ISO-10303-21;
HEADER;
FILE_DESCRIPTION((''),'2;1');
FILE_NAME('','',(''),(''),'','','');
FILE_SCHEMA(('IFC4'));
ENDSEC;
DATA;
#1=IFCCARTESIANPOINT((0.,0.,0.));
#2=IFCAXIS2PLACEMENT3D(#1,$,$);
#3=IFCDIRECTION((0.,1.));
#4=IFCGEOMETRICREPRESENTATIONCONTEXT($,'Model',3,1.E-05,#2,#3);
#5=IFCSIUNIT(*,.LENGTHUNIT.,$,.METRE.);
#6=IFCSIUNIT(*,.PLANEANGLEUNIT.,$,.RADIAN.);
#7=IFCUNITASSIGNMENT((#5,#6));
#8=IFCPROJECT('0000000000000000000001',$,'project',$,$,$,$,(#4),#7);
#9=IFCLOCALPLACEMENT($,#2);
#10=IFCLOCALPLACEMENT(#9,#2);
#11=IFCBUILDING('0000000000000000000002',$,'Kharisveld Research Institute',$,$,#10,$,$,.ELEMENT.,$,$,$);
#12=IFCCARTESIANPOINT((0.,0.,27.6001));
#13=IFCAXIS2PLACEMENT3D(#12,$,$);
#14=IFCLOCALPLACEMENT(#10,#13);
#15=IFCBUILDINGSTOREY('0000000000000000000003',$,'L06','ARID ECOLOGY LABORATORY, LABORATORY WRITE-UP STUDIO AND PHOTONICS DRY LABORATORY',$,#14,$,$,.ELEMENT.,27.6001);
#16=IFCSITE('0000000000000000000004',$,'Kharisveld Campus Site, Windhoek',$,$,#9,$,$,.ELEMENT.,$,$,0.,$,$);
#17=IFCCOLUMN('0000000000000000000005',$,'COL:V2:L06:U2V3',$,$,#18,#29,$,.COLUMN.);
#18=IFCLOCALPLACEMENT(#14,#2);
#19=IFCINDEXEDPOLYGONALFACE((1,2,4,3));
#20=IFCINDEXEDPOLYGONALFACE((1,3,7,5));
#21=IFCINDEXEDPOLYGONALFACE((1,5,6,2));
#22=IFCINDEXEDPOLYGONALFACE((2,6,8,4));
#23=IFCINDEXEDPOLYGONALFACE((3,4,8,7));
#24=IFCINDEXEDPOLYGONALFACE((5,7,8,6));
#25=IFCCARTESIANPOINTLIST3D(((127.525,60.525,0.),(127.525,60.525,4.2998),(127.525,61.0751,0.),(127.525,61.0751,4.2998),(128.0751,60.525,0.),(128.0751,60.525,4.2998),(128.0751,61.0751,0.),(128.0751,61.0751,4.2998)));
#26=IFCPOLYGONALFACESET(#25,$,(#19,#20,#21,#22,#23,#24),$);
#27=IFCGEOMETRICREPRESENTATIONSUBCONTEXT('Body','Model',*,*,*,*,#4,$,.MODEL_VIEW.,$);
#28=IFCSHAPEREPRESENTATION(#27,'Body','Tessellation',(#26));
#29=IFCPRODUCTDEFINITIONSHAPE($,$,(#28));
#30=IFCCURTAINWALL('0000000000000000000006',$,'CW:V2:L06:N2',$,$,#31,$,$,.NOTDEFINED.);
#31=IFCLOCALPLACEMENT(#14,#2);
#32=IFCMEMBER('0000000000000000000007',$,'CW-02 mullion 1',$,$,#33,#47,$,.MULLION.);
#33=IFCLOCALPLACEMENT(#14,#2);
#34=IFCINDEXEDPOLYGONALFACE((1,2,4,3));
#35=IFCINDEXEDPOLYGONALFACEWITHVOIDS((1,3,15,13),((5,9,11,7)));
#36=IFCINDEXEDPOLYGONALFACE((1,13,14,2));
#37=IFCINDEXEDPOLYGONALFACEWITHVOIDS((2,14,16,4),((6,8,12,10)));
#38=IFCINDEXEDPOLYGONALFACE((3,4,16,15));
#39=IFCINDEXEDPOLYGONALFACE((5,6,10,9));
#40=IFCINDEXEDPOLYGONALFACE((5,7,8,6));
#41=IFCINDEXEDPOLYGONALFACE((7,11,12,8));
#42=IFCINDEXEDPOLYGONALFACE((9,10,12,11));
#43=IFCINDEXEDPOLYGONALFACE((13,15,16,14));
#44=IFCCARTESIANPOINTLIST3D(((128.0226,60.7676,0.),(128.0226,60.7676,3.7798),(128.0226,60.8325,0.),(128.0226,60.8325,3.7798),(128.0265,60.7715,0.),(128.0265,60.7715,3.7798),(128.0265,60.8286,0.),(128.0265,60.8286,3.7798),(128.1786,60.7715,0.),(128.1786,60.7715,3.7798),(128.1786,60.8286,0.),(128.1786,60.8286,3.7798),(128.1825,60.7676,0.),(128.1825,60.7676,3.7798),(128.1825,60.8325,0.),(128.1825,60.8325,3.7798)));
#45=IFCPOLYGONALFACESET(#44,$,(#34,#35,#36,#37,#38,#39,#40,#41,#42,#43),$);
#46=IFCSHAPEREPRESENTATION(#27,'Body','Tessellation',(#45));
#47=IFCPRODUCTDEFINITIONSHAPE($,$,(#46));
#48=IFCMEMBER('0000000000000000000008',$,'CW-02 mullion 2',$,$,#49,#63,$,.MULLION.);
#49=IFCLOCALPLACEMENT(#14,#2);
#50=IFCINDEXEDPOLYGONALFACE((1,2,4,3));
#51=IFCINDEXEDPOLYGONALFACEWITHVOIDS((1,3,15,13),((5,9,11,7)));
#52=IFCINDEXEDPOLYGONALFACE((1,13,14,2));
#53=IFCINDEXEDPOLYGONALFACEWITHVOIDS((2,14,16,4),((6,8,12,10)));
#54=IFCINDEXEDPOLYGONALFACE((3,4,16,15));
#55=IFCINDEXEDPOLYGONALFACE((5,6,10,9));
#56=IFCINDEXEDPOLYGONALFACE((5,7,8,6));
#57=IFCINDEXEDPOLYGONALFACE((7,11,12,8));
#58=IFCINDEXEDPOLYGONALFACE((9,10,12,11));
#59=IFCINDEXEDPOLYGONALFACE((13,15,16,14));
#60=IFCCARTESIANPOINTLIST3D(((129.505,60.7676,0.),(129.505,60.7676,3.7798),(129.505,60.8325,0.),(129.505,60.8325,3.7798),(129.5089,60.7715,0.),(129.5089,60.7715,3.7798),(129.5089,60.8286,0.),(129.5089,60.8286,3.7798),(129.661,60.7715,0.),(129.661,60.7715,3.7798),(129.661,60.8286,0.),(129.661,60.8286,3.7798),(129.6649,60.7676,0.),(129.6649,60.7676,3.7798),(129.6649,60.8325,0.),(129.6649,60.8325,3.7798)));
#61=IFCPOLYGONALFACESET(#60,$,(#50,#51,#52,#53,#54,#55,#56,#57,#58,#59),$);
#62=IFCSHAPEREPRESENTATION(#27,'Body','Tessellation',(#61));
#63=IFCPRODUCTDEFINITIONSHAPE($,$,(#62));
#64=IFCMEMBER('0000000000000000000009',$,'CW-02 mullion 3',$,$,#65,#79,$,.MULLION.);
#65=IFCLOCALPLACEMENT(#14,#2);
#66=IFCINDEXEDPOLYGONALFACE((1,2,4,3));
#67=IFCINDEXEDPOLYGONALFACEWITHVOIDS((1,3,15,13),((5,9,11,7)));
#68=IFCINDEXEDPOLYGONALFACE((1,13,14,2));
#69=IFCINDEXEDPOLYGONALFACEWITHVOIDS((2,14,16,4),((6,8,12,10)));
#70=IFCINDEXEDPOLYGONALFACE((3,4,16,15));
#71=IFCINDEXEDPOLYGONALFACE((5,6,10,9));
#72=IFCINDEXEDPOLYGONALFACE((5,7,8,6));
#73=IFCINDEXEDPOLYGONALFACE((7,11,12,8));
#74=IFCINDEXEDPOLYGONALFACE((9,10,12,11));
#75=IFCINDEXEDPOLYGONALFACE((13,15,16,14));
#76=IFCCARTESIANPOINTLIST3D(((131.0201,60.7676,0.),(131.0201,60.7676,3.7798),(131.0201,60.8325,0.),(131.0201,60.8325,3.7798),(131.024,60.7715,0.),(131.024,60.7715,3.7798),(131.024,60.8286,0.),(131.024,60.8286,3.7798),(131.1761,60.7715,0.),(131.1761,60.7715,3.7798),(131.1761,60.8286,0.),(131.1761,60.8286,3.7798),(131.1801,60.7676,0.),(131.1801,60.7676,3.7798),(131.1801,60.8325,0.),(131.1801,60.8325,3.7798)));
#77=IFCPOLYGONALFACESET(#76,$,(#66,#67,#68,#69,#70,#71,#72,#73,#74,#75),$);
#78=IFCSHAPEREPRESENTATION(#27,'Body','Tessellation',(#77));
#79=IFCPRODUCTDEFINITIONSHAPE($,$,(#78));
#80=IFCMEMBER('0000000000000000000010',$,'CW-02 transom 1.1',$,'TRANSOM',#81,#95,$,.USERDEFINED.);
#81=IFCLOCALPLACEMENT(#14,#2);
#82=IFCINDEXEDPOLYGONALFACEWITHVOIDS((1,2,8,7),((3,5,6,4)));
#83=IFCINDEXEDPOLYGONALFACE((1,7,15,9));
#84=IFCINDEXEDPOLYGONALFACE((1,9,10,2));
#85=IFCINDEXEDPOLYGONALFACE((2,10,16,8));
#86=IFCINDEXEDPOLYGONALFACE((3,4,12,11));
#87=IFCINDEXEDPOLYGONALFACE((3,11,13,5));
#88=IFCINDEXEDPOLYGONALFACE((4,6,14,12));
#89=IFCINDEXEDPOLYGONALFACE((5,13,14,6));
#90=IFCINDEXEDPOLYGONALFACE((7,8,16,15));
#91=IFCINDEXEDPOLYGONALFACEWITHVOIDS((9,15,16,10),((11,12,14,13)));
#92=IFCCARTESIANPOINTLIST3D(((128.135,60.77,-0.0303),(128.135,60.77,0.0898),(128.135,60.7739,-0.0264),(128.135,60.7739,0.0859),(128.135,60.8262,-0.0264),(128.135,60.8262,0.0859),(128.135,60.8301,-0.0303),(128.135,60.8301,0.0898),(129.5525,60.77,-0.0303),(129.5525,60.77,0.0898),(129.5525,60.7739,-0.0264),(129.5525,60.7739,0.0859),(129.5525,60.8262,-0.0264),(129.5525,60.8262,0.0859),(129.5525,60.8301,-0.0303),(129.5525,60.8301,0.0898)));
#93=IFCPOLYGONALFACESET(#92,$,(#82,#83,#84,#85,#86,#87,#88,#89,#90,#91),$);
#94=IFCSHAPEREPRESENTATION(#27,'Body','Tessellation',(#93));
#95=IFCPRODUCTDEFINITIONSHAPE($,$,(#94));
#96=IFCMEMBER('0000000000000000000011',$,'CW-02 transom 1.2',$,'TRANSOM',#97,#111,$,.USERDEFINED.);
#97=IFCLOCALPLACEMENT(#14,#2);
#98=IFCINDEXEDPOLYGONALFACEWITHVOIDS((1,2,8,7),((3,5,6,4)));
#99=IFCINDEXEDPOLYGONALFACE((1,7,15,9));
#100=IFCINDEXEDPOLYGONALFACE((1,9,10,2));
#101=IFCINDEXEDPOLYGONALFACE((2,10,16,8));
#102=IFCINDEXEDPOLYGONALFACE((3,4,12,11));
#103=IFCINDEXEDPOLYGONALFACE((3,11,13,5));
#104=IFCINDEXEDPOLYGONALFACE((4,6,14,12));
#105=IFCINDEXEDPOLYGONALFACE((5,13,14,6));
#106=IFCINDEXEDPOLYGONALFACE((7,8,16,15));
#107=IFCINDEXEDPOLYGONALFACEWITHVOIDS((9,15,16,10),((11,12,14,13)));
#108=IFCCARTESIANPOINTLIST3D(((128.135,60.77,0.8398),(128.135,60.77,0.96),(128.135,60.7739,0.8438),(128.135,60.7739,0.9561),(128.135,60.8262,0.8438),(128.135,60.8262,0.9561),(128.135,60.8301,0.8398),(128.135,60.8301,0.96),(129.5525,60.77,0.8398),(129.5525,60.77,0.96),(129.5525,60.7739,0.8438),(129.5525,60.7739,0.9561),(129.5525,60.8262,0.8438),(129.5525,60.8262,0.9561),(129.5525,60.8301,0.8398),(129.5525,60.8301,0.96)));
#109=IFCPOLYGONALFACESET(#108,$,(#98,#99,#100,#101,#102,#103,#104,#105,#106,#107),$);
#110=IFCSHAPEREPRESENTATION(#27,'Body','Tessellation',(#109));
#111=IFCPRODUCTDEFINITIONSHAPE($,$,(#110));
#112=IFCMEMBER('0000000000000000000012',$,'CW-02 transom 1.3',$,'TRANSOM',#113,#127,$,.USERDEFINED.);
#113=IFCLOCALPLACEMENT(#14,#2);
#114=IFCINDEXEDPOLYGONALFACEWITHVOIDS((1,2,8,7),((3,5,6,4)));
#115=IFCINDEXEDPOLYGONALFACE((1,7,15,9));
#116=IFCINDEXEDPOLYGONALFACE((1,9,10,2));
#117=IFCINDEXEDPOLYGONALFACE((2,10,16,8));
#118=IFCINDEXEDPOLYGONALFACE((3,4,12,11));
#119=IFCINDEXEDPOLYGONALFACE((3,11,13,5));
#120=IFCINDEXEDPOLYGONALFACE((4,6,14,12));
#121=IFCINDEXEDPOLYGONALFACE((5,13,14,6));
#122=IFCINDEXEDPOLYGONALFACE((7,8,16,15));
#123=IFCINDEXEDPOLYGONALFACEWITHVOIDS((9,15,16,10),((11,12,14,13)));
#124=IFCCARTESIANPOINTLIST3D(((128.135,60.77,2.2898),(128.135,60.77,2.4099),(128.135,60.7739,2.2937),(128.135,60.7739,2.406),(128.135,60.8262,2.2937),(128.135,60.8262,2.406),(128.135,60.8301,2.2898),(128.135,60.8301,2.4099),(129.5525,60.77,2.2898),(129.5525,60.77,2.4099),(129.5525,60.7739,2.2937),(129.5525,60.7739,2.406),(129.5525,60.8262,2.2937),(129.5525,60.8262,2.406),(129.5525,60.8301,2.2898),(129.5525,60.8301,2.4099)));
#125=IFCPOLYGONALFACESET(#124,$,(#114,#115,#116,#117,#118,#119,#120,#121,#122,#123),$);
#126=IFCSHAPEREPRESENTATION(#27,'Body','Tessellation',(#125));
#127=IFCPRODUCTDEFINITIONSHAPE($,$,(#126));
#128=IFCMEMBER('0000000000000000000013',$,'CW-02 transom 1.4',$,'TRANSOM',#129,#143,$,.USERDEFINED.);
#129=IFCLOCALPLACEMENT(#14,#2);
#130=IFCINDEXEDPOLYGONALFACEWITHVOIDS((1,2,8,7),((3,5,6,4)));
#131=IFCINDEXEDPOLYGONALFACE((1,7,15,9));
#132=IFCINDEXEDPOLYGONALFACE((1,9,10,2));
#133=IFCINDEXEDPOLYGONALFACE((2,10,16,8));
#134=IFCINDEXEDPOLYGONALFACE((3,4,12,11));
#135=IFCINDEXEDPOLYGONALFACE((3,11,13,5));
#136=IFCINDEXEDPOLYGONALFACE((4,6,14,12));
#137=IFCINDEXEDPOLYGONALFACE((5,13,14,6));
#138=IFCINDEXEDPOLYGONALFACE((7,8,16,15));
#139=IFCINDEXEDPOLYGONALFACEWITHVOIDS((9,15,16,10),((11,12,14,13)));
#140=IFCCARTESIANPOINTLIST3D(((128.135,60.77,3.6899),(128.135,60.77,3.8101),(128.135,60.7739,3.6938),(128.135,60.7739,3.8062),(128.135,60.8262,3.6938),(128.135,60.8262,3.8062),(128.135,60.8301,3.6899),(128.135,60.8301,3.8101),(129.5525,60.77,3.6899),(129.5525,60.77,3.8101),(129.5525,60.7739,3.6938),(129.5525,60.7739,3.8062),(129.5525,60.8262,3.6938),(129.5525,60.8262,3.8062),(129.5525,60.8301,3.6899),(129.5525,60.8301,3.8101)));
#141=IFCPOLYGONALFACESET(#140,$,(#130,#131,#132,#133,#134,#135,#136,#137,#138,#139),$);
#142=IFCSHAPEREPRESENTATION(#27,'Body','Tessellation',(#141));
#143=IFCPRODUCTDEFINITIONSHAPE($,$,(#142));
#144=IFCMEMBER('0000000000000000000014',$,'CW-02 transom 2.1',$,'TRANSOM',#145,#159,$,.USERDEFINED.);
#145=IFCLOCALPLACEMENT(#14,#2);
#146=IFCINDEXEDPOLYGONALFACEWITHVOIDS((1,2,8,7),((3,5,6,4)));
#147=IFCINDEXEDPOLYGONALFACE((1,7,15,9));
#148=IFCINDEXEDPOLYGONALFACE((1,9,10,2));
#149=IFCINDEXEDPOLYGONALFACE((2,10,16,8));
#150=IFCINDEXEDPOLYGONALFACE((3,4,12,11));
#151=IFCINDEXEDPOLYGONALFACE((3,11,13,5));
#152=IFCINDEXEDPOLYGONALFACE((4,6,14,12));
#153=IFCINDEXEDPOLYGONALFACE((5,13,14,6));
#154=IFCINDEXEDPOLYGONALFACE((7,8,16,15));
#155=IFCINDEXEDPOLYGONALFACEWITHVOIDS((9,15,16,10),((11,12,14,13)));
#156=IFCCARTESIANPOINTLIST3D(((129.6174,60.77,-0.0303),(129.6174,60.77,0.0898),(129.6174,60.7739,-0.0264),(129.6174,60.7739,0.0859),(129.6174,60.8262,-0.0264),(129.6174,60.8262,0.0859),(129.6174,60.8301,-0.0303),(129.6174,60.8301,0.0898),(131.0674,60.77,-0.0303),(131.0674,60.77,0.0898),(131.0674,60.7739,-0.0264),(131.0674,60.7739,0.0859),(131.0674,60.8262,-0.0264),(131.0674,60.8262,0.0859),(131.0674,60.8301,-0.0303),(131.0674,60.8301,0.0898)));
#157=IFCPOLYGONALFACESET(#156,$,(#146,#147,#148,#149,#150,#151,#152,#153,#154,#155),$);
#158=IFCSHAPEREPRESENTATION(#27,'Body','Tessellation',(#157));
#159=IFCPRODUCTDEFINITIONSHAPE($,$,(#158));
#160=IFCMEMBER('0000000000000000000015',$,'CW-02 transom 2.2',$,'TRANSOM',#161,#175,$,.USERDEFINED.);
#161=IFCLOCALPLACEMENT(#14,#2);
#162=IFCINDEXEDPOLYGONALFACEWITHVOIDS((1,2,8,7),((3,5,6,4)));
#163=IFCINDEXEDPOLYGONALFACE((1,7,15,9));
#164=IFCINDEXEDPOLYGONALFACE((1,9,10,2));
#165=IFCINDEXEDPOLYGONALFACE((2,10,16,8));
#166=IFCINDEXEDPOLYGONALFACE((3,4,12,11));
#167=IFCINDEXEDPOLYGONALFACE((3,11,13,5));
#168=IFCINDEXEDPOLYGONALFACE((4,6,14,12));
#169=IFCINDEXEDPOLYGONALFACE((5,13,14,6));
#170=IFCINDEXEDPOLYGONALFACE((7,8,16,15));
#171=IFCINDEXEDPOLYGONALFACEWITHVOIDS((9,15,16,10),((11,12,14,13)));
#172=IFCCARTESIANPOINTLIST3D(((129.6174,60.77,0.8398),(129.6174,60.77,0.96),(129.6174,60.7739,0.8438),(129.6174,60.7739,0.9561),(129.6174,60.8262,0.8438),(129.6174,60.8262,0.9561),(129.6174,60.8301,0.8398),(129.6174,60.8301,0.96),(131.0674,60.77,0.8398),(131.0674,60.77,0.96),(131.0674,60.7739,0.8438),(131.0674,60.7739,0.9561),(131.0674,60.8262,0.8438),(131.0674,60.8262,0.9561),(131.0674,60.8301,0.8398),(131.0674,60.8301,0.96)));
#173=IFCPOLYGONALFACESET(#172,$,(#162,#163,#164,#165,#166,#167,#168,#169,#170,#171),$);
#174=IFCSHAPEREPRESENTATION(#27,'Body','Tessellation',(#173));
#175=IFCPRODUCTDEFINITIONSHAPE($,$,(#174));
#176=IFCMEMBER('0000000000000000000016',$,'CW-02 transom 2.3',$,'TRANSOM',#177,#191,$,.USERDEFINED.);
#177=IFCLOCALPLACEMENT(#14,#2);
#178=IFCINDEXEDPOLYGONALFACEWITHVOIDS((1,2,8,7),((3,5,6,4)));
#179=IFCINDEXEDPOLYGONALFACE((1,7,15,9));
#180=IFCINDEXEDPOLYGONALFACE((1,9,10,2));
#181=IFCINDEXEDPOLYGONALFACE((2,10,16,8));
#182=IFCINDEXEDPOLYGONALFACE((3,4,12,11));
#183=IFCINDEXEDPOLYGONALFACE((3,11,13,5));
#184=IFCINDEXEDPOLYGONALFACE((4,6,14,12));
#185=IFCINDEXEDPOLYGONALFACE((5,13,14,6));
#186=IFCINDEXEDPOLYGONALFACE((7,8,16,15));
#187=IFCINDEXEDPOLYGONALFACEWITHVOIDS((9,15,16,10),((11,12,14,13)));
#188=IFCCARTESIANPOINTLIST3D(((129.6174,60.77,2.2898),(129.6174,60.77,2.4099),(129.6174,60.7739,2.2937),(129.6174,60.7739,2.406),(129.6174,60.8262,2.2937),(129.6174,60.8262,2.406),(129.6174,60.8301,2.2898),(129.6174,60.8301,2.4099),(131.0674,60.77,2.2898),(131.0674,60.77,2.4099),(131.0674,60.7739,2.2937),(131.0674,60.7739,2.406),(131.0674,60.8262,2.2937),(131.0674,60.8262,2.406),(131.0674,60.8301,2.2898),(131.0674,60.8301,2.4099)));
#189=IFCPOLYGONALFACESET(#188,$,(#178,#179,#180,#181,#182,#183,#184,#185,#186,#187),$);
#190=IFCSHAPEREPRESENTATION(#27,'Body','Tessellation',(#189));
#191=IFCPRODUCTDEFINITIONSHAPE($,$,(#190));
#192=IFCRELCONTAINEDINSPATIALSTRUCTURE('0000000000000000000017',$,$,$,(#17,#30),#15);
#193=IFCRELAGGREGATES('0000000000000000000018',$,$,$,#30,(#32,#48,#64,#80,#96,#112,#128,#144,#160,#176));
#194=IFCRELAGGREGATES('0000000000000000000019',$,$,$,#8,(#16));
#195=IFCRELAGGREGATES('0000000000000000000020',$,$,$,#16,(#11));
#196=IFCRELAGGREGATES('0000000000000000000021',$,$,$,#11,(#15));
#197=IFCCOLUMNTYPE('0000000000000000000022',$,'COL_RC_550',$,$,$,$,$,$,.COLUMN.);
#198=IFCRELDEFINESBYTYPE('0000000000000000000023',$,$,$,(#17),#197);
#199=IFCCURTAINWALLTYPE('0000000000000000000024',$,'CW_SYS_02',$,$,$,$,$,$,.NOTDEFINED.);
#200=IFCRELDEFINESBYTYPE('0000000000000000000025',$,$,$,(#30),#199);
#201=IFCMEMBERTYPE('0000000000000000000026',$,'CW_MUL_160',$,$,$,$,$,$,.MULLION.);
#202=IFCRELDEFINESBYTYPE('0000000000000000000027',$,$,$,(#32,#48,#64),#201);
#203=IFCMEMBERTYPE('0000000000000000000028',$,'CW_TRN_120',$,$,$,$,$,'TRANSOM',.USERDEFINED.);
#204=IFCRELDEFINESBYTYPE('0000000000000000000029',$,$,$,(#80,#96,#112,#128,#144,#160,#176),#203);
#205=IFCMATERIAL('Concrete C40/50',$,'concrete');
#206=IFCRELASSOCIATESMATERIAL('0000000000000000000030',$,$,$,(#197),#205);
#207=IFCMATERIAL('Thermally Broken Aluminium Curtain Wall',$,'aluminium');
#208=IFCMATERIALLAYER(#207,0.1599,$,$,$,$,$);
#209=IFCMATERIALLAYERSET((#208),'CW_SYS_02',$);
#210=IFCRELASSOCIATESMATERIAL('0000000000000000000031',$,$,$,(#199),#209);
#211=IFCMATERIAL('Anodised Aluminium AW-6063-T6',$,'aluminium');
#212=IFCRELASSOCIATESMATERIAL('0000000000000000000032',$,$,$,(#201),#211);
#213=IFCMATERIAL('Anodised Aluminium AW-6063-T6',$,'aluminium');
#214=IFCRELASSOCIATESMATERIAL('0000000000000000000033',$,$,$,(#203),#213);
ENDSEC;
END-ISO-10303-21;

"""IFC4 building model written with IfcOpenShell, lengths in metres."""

from ifc_helpers import new_model, si_unit, direction, frame, origin, origin_2d, place, context, subcontext, project, spatial, rectangle, hollow_rectangle, extrude, material, layer, layer_set, material_profile, profile_set, type_object, element, aggregate, save


model = new_model("IFC4")

# Units and contexts
model_context = context("Model", 3, precision=1e-05, world=origin(), true_north=direction((0.0, 1.0)))
body_context = subcontext(model_context, "Body", "Model", "MODEL_VIEW")
ifc_project = project(units=[si_unit("LENGTHUNIT", "METRE"), si_unit("PLANEANGLEUNIT", "RADIAN")], contexts=[model_context])

# Site, building, storey
site_placement = place(None, origin())
site = spatial("IfcSite", under=ifc_project, at=site_placement, Name="Kharisveld Campus Site, Windhoek", CompositionType="ELEMENT", RefElevation=0.0)
building_placement = place(site_placement, origin())
building = spatial("IfcBuilding", under=site, at=building_placement, Name="Kharisveld Research Institute", CompositionType="ELEMENT")
storey_placement = place(building_placement, frame((0.0, 0.0, 27.6001)))
storey = spatial("IfcBuildingStorey", under=building, at=storey_placement, Name="L06", Description="ARID ECOLOGY LABORATORY, LABORATORY WRITE-UP STUDIO AND PHOTONICS DRY LABORATORY", CompositionType="ELEMENT", Elevation=27.6001)

# Column
ifc_material_1 = material(Name="Concrete C40/50", Category="concrete")
ifc_material_profile_1 = material_profile(ifc_material_1, rectangle(XDim=0.55, YDim=0.55, at=origin_2d()))
ifc_profile_set_1 = profile_set([ifc_material_profile_1], Name="Concrete C40/50")
column_type = type_object("IfcColumnType", Name="COL_RC_550", PredefinedType="COLUMN", material=ifc_profile_set_1)
column_placement = place(storey_placement, frame((127.8, 60.8, 0.0), z_axis=(0.0, 0.0, 1.0), x_axis=(1.0, 0.0, 0.0)))
element("IfcColumn", 1, at=column_placement, inside=storey, type_object=column_type, Name="COL:V2:L06:U2V3", PredefinedType="COLUMN", context=body_context, shape_type="SweptSolid", body=[
    extrude(rectangle(XDim=0.55, YDim=0.55, at=origin_2d()), origin(), (0.0, 0.0, 1.0), 4.2998),
])

# Curtain wall, members
ifc_material_2 = material(Name="Thermally Broken Aluminium Curtain Wall", Category="aluminium")
ifc_layer_1 = layer(ifc_material_2, 0.1599)
ifc_layer_set_1 = layer_set([ifc_layer_1], Name="CW_SYS_02")
curtain_wall_type = type_object("IfcCurtainWallType", Name="CW_SYS_02", PredefinedType="NOTDEFINED", material=ifc_layer_set_1)
curtain_wall_placement = place(storey_placement, origin())
curtain_wall = element("IfcCurtainWall", 2, at=curtain_wall_placement, inside=storey, type_object=curtain_wall_type, Name="CW:V2:L06:N2", PredefinedType="NOTDEFINED")
ifc_material_3 = material(Name="Anodised Aluminium AW-6063-T6", Category="aluminium")
ifc_material_profile_2 = material_profile(ifc_material_3, hollow_rectangle(XDim=0.0649, YDim=0.1599, WallThickness=0.0039, at=origin_2d()))
ifc_profile_set_2 = profile_set([ifc_material_profile_2], Name="Anodised Aluminium AW-6063-T6")
member_type_1 = type_object("IfcMemberType", Name="CW_MUL_160", PredefinedType="MULLION", material=ifc_profile_set_2)
member_1_placement = place(storey_placement, frame((128.1025, 60.8, 0.0), z_axis=(0.0, 0.0, 1.0), x_axis=(0.0, 1.0, 0.0)))
member_1 = element("IfcMember", 3, at=member_1_placement, type_object=member_type_1, Name="CW-02 mullion 1", PredefinedType="MULLION", context=body_context, shape_type="SweptSolid", body=[
    extrude(hollow_rectangle(XDim=0.0649, YDim=0.1599, WallThickness=0.0039, at=origin_2d()), origin(), (0.0, 0.0, 1.0), 3.7798),
])
member_2_placement = place(storey_placement, frame((129.585, 60.8, 0.0), z_axis=(0.0, 0.0, 1.0), x_axis=(0.0, 1.0, 0.0)))
member_2 = element("IfcMember", 4, at=member_2_placement, type_object=member_type_1, Name="CW-02 mullion 2", PredefinedType="MULLION", context=body_context, shape_type="SweptSolid", body=[
    extrude(hollow_rectangle(XDim=0.0649, YDim=0.1599, WallThickness=0.0039, at=origin_2d()), origin(), (0.0, 0.0, 1.0), 3.7798),
])
member_3_placement = place(storey_placement, frame((131.1001, 60.8, 0.0), z_axis=(0.0, 0.0, 1.0), x_axis=(0.0, 1.0, 0.0)))
member_3 = element("IfcMember", 5, at=member_3_placement, type_object=member_type_1, Name="CW-02 mullion 3", PredefinedType="MULLION", context=body_context, shape_type="SweptSolid", body=[
    extrude(hollow_rectangle(XDim=0.0649, YDim=0.1599, WallThickness=0.0039, at=origin_2d()), origin(), (0.0, 0.0, 1.0), 3.7798),
])
ifc_material_4 = material(Name="Anodised Aluminium AW-6063-T6", Category="aluminium")
ifc_material_profile_3 = material_profile(ifc_material_4, hollow_rectangle(XDim=0.0601, YDim=0.1201, WallThickness=0.0039, at=origin_2d()))
ifc_profile_set_3 = profile_set([ifc_material_profile_3], Name="Anodised Aluminium AW-6063-T6")
member_type_2 = type_object("IfcMemberType", Name="CW_TRN_120", ElementType="TRANSOM", PredefinedType="USERDEFINED", material=ifc_profile_set_3)
member_4_placement = place(storey_placement, frame((128.135, 60.8, 0.0298), z_axis=(1.0, 0.0, 0.0), x_axis=(0.0, 1.0, 0.0)))
member_4 = element("IfcMember", 6, at=member_4_placement, type_object=member_type_2, Name="CW-02 transom 1.1", ObjectType="TRANSOM", PredefinedType="USERDEFINED", context=body_context, shape_type="SweptSolid", body=[
    extrude(hollow_rectangle(XDim=0.0601, YDim=0.1201, WallThickness=0.0039, at=origin_2d()), origin(), (0.0, 0.0, 1.0), 1.4175),
])
member_5_placement = place(storey_placement, frame((128.135, 60.8, 0.8999), z_axis=(1.0, 0.0, 0.0), x_axis=(0.0, 1.0, 0.0)))
member_5 = element("IfcMember", 7, at=member_5_placement, type_object=member_type_2, Name="CW-02 transom 1.2", ObjectType="TRANSOM", PredefinedType="USERDEFINED", context=body_context, shape_type="SweptSolid", body=[
    extrude(hollow_rectangle(XDim=0.0601, YDim=0.1201, WallThickness=0.0039, at=origin_2d()), origin(), (0.0, 0.0, 1.0), 1.4175),
])
member_6_placement = place(storey_placement, frame((128.135, 60.8, 2.3499), z_axis=(1.0, 0.0, 0.0), x_axis=(0.0, 1.0, 0.0)))
member_6 = element("IfcMember", 8, at=member_6_placement, type_object=member_type_2, Name="CW-02 transom 1.3", ObjectType="TRANSOM", PredefinedType="USERDEFINED", context=body_context, shape_type="SweptSolid", body=[
    extrude(hollow_rectangle(XDim=0.0601, YDim=0.1201, WallThickness=0.0039, at=origin_2d()), origin(), (0.0, 0.0, 1.0), 1.4175),
])
member_7_placement = place(storey_placement, frame((128.135, 60.8, 3.75), z_axis=(1.0, 0.0, 0.0), x_axis=(0.0, 1.0, 0.0)))
member_7 = element("IfcMember", 9, at=member_7_placement, type_object=member_type_2, Name="CW-02 transom 1.4", ObjectType="TRANSOM", PredefinedType="USERDEFINED", context=body_context, shape_type="SweptSolid", body=[
    extrude(hollow_rectangle(XDim=0.0601, YDim=0.1201, WallThickness=0.0039, at=origin_2d()), origin(), (0.0, 0.0, 1.0), 1.4175),
])
member_8_placement = place(storey_placement, frame((129.6174, 60.8, 0.0298), z_axis=(1.0, 0.0, 0.0), x_axis=(0.0, 1.0, 0.0)))
member_8 = element("IfcMember", 10, at=member_8_placement, type_object=member_type_2, Name="CW-02 transom 2.1", ObjectType="TRANSOM", PredefinedType="USERDEFINED", context=body_context, shape_type="SweptSolid", body=[
    extrude(hollow_rectangle(XDim=0.0601, YDim=0.1201, WallThickness=0.0039, at=origin_2d()), origin(), (0.0, 0.0, 1.0), 1.45),
])
member_9_placement = place(storey_placement, frame((129.6174, 60.8, 0.8999), z_axis=(1.0, 0.0, 0.0), x_axis=(0.0, 1.0, 0.0)))
member_9 = element("IfcMember", 11, at=member_9_placement, type_object=member_type_2, Name="CW-02 transom 2.2", ObjectType="TRANSOM", PredefinedType="USERDEFINED", context=body_context, shape_type="SweptSolid", body=[
    extrude(hollow_rectangle(XDim=0.0601, YDim=0.1201, WallThickness=0.0039, at=origin_2d()), origin(), (0.0, 0.0, 1.0), 1.45),
])
member_10_placement = place(storey_placement, frame((129.6174, 60.8, 2.3499), z_axis=(1.0, 0.0, 0.0), x_axis=(0.0, 1.0, 0.0)))
member_10 = element("IfcMember", 12, at=member_10_placement, type_object=member_type_2, Name="CW-02 transom 2.3", ObjectType="TRANSOM", PredefinedType="USERDEFINED", context=body_context, shape_type="SweptSolid", body=[
    extrude(hollow_rectangle(XDim=0.0601, YDim=0.1201, WallThickness=0.0039, at=origin_2d()), origin(), (0.0, 0.0, 1.0), 1.45),
])

aggregate(curtain_wall, [member_1, member_2, member_3, member_4, member_5, member_6, member_7, member_8, member_9, member_10])

save(model, "model.ifc")
